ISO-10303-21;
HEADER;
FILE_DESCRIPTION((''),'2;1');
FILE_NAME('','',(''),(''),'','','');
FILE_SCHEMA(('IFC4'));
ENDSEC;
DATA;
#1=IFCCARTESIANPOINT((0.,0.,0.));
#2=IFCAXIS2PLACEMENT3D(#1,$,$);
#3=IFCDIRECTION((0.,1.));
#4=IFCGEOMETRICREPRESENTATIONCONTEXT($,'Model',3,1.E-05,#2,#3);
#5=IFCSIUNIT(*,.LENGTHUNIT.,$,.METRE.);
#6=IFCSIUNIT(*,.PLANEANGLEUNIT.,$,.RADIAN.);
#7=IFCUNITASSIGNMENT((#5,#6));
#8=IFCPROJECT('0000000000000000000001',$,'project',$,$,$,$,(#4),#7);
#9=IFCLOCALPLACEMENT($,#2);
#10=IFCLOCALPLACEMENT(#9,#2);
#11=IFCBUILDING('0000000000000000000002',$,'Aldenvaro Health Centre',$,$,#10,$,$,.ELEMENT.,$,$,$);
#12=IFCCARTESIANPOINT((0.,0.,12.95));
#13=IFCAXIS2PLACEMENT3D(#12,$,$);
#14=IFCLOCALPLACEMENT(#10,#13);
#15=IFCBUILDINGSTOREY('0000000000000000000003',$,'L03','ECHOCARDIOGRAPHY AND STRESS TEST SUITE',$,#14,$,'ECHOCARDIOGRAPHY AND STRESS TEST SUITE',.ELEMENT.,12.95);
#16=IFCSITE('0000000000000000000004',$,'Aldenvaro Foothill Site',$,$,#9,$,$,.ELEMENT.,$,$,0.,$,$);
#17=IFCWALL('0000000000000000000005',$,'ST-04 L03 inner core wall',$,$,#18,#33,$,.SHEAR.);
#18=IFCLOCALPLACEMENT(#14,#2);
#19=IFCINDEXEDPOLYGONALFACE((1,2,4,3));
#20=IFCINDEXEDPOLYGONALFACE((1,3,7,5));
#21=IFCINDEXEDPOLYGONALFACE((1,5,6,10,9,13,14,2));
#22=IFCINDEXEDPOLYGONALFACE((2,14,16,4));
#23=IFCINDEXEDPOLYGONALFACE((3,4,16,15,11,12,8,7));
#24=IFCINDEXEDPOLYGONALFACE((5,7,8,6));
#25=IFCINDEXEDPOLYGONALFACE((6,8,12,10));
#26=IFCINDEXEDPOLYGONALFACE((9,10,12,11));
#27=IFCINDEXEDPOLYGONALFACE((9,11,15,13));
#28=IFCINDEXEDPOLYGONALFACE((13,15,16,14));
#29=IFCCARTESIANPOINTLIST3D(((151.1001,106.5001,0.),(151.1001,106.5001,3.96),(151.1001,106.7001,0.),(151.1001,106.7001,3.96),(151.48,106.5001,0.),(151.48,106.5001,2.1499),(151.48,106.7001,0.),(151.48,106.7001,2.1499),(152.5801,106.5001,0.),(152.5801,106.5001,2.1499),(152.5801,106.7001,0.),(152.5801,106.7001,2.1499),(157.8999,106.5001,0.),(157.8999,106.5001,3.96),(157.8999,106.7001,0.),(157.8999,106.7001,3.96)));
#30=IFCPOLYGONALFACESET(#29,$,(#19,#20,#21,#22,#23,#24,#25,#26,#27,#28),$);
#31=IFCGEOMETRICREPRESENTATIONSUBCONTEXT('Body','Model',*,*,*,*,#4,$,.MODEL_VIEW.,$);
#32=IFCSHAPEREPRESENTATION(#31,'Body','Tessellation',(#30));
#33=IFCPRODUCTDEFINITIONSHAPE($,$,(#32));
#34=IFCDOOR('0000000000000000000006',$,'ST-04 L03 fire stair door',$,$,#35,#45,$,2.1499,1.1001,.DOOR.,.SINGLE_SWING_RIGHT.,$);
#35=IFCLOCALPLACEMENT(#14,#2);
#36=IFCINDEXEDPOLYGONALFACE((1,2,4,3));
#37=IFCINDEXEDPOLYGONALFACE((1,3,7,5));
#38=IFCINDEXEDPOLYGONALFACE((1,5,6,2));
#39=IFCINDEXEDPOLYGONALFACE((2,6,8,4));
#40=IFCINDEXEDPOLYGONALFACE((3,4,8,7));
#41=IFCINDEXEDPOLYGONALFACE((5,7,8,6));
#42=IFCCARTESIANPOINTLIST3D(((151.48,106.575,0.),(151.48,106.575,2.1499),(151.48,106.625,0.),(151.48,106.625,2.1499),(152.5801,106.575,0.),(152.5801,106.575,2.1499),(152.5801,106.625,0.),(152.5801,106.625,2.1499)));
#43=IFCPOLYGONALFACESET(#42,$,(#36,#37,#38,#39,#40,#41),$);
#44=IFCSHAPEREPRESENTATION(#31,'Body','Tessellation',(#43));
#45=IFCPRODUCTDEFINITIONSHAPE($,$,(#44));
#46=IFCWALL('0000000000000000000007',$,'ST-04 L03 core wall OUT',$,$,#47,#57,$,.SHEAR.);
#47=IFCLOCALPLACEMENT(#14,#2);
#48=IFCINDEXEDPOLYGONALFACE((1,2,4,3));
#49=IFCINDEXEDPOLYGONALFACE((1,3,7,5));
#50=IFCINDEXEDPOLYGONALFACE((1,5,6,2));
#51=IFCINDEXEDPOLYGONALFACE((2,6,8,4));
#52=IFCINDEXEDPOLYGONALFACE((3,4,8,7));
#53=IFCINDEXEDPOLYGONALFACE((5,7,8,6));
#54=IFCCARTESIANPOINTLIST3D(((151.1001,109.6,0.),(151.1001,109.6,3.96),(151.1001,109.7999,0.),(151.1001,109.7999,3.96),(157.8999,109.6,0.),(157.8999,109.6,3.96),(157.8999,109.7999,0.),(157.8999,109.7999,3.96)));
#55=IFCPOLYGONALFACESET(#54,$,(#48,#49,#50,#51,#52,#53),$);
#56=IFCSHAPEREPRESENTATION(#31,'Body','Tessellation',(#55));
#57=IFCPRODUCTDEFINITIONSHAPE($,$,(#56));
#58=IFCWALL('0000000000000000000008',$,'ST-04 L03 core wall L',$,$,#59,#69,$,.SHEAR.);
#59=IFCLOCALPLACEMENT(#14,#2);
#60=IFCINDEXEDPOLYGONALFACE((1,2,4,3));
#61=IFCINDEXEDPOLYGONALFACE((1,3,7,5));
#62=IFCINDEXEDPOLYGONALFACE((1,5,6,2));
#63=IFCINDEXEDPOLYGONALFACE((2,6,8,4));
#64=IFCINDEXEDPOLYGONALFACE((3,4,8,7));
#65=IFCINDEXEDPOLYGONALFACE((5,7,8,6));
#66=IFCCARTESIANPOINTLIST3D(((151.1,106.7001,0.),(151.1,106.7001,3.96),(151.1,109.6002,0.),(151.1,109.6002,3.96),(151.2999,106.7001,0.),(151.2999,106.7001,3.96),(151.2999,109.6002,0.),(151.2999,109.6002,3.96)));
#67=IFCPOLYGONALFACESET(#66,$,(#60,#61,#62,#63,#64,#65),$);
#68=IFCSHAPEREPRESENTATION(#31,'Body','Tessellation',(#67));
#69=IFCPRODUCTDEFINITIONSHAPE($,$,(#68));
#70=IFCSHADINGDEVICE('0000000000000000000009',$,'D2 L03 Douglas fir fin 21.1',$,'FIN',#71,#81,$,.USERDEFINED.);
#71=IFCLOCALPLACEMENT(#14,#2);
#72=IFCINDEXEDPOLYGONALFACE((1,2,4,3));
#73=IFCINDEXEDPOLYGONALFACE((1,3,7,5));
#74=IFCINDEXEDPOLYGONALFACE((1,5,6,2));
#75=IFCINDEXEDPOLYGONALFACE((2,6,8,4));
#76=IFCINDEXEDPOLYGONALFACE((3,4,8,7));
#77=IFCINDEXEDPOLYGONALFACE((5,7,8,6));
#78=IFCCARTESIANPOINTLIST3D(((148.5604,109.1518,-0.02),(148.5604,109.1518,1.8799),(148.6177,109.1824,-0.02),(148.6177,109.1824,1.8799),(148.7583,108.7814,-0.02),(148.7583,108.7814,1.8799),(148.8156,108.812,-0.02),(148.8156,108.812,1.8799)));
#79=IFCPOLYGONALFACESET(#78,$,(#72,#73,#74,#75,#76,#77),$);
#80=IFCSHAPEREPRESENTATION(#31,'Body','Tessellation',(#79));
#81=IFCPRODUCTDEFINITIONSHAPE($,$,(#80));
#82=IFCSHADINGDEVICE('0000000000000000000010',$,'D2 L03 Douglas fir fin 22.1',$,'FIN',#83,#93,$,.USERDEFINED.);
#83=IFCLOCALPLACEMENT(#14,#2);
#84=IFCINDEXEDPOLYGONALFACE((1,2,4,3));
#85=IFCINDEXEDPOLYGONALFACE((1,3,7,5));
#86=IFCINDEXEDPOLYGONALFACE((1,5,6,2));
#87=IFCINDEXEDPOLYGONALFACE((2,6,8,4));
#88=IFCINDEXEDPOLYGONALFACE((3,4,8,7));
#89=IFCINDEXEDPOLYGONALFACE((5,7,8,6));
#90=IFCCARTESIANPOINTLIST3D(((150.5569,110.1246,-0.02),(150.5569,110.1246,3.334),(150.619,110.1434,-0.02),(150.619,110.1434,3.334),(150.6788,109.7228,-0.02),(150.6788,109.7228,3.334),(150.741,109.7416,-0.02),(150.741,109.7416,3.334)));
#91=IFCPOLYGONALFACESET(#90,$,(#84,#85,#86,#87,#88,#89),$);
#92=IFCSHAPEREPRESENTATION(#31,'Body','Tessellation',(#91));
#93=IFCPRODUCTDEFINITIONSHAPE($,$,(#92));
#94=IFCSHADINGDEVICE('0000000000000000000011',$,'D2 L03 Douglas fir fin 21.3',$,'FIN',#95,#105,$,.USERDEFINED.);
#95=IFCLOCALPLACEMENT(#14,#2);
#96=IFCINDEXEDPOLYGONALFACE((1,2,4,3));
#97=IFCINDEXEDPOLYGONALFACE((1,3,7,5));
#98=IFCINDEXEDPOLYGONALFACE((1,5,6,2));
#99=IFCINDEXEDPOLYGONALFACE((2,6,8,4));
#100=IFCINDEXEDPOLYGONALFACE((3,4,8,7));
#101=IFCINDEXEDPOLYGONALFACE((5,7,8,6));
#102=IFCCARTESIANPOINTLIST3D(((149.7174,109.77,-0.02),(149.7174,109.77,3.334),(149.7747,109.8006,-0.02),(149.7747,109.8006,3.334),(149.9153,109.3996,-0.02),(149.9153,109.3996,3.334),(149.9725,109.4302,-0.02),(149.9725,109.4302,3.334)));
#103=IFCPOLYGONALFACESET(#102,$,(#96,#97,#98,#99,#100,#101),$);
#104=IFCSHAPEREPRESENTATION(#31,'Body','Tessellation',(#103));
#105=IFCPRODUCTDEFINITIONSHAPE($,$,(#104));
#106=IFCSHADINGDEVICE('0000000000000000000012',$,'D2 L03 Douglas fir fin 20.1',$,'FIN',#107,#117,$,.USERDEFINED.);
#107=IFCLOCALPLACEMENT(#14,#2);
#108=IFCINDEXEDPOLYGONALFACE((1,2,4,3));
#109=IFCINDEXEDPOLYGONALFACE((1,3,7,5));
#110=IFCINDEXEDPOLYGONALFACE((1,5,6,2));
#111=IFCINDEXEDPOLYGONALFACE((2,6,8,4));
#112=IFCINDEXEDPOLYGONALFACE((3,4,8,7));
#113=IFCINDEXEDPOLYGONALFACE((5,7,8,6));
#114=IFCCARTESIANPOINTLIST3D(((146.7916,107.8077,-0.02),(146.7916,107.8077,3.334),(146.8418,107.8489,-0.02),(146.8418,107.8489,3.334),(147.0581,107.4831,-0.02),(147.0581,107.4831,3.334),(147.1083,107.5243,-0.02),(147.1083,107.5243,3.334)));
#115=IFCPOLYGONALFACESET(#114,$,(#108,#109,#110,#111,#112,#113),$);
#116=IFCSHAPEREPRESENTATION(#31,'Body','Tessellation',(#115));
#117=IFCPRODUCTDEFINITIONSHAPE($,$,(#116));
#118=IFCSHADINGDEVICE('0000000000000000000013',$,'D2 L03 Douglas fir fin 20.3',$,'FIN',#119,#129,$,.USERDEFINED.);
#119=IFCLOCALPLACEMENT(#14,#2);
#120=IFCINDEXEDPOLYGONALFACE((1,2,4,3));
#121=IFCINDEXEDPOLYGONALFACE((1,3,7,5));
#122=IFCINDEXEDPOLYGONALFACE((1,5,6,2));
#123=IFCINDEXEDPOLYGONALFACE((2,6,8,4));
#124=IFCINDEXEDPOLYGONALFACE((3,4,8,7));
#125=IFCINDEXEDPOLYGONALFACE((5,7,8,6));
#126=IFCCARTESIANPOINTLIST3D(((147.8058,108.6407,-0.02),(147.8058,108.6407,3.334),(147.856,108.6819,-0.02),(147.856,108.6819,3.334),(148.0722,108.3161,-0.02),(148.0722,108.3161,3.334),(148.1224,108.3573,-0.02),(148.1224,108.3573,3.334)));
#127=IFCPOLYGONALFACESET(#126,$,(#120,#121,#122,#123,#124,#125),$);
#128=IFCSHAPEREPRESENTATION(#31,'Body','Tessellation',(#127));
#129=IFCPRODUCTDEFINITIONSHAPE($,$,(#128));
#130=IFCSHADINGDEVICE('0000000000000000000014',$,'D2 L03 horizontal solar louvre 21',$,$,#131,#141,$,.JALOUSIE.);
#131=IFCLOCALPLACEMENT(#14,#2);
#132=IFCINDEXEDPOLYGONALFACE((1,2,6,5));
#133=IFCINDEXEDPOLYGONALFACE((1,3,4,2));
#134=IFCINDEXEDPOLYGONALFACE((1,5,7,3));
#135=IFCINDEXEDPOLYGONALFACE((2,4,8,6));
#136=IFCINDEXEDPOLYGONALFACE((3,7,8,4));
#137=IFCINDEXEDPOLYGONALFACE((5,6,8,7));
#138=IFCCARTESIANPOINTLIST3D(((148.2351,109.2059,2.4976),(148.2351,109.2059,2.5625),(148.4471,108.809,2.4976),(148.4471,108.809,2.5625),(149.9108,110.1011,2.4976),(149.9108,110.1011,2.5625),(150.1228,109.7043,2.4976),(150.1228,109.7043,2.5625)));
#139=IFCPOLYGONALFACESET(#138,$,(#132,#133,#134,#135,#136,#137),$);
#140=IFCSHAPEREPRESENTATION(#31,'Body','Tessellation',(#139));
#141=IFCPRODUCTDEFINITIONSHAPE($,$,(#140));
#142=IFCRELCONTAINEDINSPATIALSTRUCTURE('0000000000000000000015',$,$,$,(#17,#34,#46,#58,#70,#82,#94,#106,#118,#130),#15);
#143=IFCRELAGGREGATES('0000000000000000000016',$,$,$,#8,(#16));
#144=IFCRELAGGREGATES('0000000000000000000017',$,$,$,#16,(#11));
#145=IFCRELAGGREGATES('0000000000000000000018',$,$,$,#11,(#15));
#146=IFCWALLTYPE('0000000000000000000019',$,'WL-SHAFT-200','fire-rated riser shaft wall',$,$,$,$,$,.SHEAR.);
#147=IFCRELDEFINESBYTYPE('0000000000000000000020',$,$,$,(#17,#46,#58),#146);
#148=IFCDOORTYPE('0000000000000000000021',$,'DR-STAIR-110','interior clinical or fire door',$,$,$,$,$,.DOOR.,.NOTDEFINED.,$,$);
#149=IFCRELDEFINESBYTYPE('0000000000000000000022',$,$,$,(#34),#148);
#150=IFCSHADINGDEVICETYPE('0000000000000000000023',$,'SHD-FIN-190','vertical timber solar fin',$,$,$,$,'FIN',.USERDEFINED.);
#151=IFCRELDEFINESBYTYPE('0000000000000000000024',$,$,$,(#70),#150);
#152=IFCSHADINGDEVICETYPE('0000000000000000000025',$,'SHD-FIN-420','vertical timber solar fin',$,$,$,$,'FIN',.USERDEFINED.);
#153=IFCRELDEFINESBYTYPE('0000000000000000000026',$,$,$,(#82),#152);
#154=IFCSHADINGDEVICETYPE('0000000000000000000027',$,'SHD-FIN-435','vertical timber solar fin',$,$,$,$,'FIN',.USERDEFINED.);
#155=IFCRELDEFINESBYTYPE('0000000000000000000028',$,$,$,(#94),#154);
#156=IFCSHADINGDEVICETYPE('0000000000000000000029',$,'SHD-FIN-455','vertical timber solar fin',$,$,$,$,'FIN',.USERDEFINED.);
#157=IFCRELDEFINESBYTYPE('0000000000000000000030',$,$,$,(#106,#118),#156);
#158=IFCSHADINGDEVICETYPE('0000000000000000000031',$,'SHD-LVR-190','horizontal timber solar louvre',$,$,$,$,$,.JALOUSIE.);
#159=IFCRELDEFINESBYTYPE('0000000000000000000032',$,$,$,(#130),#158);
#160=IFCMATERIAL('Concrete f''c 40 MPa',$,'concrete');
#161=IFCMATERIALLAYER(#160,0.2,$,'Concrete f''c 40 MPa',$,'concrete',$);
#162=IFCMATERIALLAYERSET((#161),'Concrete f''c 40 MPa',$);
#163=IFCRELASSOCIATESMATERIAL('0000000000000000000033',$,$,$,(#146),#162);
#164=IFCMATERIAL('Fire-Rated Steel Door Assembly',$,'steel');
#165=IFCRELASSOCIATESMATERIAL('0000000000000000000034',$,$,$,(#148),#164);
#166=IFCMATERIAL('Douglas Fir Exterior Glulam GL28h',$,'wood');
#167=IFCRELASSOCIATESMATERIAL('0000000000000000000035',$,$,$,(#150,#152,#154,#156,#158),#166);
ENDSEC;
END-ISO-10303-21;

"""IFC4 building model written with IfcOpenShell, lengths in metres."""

from ifc_helpers import new_model, si_unit, direction, frame, frame_2d, origin, origin_2d, place, context, subcontext, project, spatial, rectangle, extrude, material, layer, layer_set, type_object, element, fill, save


model = new_model("IFC4")

# Units and contexts
model_context = context("Model", 3, precision=1e-05, world=origin(), true_north=direction((0.0, 1.0)))
body_context = subcontext(model_context, "Body", "Model", "MODEL_VIEW")
ifc_project = project(units=[si_unit("LENGTHUNIT", "METRE"), si_unit("PLANEANGLEUNIT", "RADIAN")], contexts=[model_context])

# Site, building, storey
site_placement = place(None, origin())
site = spatial("IfcSite", under=ifc_project, at=site_placement, Name="Aldenvaro Foothill Site", CompositionType="ELEMENT", RefElevation=0.0)
building_placement = place(site_placement, origin())
building = spatial("IfcBuilding", under=site, at=building_placement, Name="Aldenvaro Health Centre", CompositionType="ELEMENT")
storey_placement = place(building_placement, frame((0.0, 0.0, 12.95)))
storey = spatial("IfcBuildingStorey", under=building, at=storey_placement, Name="L03", Description="ECHOCARDIOGRAPHY AND STRESS TEST SUITE", LongName="ECHOCARDIOGRAPHY AND STRESS TEST SUITE", CompositionType="ELEMENT", Elevation=12.95)

# Wall, opening, door
ifc_material_1 = material(Name="Concrete f'c 40 MPa", Category="concrete")
ifc_layer_1 = layer(ifc_material_1, 0.2, Name="Concrete f'c 40 MPa", Category="concrete")
ifc_layer_set_1 = layer_set([ifc_layer_1], Name="Concrete f'c 40 MPa")
wall_type_1 = type_object("IfcWallType", Name="WL-SHAFT-200", Description="fire-rated riser shaft wall", PredefinedType="SHEAR", material=ifc_layer_set_1)
wall_1_placement = place(storey_placement, frame((151.1001, 106.6001, 0.0), z_axis=(0.0, 0.0, 1.0), x_axis=(1.0, 0.0, 0.0)))
wall_1 = element("IfcWall", 1, at=wall_1_placement, inside=storey, type_object=wall_type_1, Name="ST-04 L03 inner core wall", PredefinedType="SHEAR", context=body_context, shape_type="SweptSolid", body=[
    extrude(rectangle(XDim=6.7998, YDim=0.2, at=frame_2d((3.3999, 0.0))), origin(), (0.0, 0.0, 1.0), 3.96),
])
opening_1_placement = place(wall_1_placement, frame((0.3799, 0.0, 0.0)))
opening_1 = element("IfcOpeningElement", 2, at=opening_1_placement, cuts=wall_1, PredefinedType="OPENING", context=body_context, shape_type="SweptSolid", body=[
    extrude(rectangle(XDim=1.1001, YDim=2.1499, at=frame_2d((0.55, 1.075))), frame((0.0, 0.1099, 0.0), z_axis=(0.0, -1.0, 0.0), x_axis=(1.0, 0.0, 0.0)), (0.0, 0.0, 1.0), 0.22),
])
ifc_material_2 = material(Name="Fire-Rated Steel Door Assembly", Category="steel")
door_type = type_object("IfcDoorType", Name="DR-STAIR-110", Description="interior clinical or fire door", OperationType="NOTDEFINED", PredefinedType="DOOR", material=ifc_material_2)
door_placement = place(opening_1_placement, origin())
door = element("IfcDoor", 3, at=door_placement, inside=storey, type_object=door_type, Name="ST-04 L03 fire stair door", OperationType="SINGLE_SWING_RIGHT", OverallHeight=2.1499, OverallWidth=1.1001, PredefinedType="DOOR", context=body_context, shape_type="SweptSolid", body=[
    extrude(rectangle(XDim=1.1001, YDim=2.1499, at=frame_2d((0.55, 1.075))), frame((0.0, 0.0249, 0.0), z_axis=(0.0, -1.0, 0.0), x_axis=(1.0, 0.0, 0.0)), (0.0, 0.0, 1.0), 0.05),
])
fill(opening_1, door)

# Walls
wall_2_placement = place(storey_placement, frame((151.1001, 109.7, 0.0), z_axis=(0.0, 0.0, 1.0), x_axis=(1.0, 0.0, 0.0)))
element("IfcWall", 4, at=wall_2_placement, inside=storey, type_object=wall_type_1, Name="ST-04 L03 core wall OUT", PredefinedType="SHEAR", context=body_context, shape_type="SweptSolid", body=[
    extrude(rectangle(XDim=6.7998, YDim=0.2, at=frame_2d((3.3999, 0.0))), origin(), (0.0, 0.0, 1.0), 3.96),
])
wall_3_placement = place(storey_placement, frame((151.2, 106.7, 0.0), z_axis=(0.0, 0.0, 1.0), x_axis=(0.0, 1.0, 0.0)))
element("IfcWall", 5, at=wall_3_placement, inside=storey, type_object=wall_type_1, Name="ST-04 L03 core wall L", PredefinedType="SHEAR", context=body_context, shape_type="SweptSolid", body=[
    extrude(rectangle(XDim=2.9001, YDim=0.2, at=frame_2d((1.4502, 0.0))), origin(), (0.0, 0.0, 1.0), 3.96),
])

# Shading devices
ifc_material_3 = material(Name="Douglas Fir Exterior Glulam GL28h", Category="wood")
shading_device_type_1 = type_object("IfcShadingDeviceType", Name="SHD-FIN-190", Description="vertical timber solar fin", ElementType="FIN", PredefinedType="USERDEFINED", material=ifc_material_3)
shading_device_1_placement = place(storey_placement, frame((148.688, 108.9819, -0.02), z_axis=(0.0, 0.0, 1.0), x_axis=(0.882018, 0.471215, 0.0)))
element("IfcShadingDevice", 6, at=shading_device_1_placement, inside=storey, type_object=shading_device_type_1, Name="D2 L03 Douglas fir fin 21.1", ObjectType="FIN", PredefinedType="USERDEFINED", context=body_context, shape_type="SweptSolid", body=[
    extrude(rectangle(XDim=0.0649, YDim=0.4199, at=origin_2d()), origin(), (0.0, 0.0, 1.0), 1.8999),
])
shading_device_type_2 = type_object("IfcShadingDeviceType", Name="SHD-FIN-420", Description="vertical timber solar fin", ElementType="FIN", PredefinedType="USERDEFINED", material=ifc_material_3)
shading_device_2_placement = place(storey_placement, frame((150.6489, 109.9331, -0.02), z_axis=(0.0, 0.0, 1.0), x_axis=(0.956927, 0.29033, 0.0)))
element("IfcShadingDevice", 7, at=shading_device_2_placement, inside=storey, type_object=shading_device_type_2, Name="D2 L03 Douglas fir fin 22.1", ObjectType="FIN", PredefinedType="USERDEFINED", context=body_context, shape_type="SweptSolid", body=[
    extrude(rectangle(XDim=0.0649, YDim=0.4199, at=origin_2d()), origin(), (0.0, 0.0, 1.0), 3.354),
])
shading_device_type_3 = type_object("IfcShadingDeviceType", Name="SHD-FIN-435", Description="vertical timber solar fin", ElementType="FIN", PredefinedType="USERDEFINED", material=ifc_material_3)
shading_device_3_placement = place(storey_placement, frame((149.845, 109.6001, -0.02), z_axis=(0.0, 0.0, 1.0), x_axis=(0.882018, 0.471215, 0.0)))
element("IfcShadingDevice", 8, at=shading_device_3_placement, inside=storey, type_object=shading_device_type_3, Name="D2 L03 Douglas fir fin 21.3", ObjectType="FIN", PredefinedType="USERDEFINED", context=body_context, shape_type="SweptSolid", body=[
    extrude(rectangle(XDim=0.0649, YDim=0.4199, at=origin_2d()), origin(), (0.0, 0.0, 1.0), 3.354),
])
shading_device_type_4 = type_object("IfcShadingDeviceType", Name="SHD-FIN-455", Description="vertical timber solar fin", ElementType="FIN", PredefinedType="USERDEFINED", material=ifc_material_3)
for number, where, z_axis, x_axis, name in (
    (9, (146.95, 107.666, -0.02), (0.0, 0.0, 1.0), (0.772921, 0.634502, 0.0), "D2 L03 Douglas fir fin 20.1"),
    (10, (147.9641, 108.499, -0.02), (0.0, 0.0, 1.0), (0.772921, 0.634502, 0.0), "D2 L03 Douglas fir fin 20.3"),
):
    element("IfcShadingDevice", number, at=place(storey_placement, frame(where, z_axis=z_axis, x_axis=x_axis)), inside=storey, type_object=shading_device_type_4, Name=name, ObjectType="FIN", PredefinedType="USERDEFINED", context=body_context, shape_type="SweptSolid", body=[
        extrude(rectangle(XDim=0.0649, YDim=0.4199, at=origin_2d()), origin(), (0.0, 0.0, 1.0), 3.354),
    ])
shading_device_type_5 = type_object("IfcShadingDeviceType", Name="SHD-LVR-190", Description="horizontal timber solar louvre", PredefinedType="JALOUSIE", material=ifc_material_3)
shading_device_4_placement = place(storey_placement, frame((149.179, 109.4551, 2.4976), z_axis=(0.0, 0.0, 1.0), x_axis=(0.882018, 0.471215, 0.0)))
element("IfcShadingDevice", 11, at=shading_device_4_placement, inside=storey, type_object=shading_device_type_5, Name="D2 L03 horizontal solar louvre 21", PredefinedType="JALOUSIE", context=body_context, shape_type="SweptSolid", body=[
    extrude(rectangle(XDim=1.8999, YDim=0.45, at=origin_2d()), origin(), (0.0, 0.0, 1.0), 0.0649),
])

save(model, "model.ifc")
